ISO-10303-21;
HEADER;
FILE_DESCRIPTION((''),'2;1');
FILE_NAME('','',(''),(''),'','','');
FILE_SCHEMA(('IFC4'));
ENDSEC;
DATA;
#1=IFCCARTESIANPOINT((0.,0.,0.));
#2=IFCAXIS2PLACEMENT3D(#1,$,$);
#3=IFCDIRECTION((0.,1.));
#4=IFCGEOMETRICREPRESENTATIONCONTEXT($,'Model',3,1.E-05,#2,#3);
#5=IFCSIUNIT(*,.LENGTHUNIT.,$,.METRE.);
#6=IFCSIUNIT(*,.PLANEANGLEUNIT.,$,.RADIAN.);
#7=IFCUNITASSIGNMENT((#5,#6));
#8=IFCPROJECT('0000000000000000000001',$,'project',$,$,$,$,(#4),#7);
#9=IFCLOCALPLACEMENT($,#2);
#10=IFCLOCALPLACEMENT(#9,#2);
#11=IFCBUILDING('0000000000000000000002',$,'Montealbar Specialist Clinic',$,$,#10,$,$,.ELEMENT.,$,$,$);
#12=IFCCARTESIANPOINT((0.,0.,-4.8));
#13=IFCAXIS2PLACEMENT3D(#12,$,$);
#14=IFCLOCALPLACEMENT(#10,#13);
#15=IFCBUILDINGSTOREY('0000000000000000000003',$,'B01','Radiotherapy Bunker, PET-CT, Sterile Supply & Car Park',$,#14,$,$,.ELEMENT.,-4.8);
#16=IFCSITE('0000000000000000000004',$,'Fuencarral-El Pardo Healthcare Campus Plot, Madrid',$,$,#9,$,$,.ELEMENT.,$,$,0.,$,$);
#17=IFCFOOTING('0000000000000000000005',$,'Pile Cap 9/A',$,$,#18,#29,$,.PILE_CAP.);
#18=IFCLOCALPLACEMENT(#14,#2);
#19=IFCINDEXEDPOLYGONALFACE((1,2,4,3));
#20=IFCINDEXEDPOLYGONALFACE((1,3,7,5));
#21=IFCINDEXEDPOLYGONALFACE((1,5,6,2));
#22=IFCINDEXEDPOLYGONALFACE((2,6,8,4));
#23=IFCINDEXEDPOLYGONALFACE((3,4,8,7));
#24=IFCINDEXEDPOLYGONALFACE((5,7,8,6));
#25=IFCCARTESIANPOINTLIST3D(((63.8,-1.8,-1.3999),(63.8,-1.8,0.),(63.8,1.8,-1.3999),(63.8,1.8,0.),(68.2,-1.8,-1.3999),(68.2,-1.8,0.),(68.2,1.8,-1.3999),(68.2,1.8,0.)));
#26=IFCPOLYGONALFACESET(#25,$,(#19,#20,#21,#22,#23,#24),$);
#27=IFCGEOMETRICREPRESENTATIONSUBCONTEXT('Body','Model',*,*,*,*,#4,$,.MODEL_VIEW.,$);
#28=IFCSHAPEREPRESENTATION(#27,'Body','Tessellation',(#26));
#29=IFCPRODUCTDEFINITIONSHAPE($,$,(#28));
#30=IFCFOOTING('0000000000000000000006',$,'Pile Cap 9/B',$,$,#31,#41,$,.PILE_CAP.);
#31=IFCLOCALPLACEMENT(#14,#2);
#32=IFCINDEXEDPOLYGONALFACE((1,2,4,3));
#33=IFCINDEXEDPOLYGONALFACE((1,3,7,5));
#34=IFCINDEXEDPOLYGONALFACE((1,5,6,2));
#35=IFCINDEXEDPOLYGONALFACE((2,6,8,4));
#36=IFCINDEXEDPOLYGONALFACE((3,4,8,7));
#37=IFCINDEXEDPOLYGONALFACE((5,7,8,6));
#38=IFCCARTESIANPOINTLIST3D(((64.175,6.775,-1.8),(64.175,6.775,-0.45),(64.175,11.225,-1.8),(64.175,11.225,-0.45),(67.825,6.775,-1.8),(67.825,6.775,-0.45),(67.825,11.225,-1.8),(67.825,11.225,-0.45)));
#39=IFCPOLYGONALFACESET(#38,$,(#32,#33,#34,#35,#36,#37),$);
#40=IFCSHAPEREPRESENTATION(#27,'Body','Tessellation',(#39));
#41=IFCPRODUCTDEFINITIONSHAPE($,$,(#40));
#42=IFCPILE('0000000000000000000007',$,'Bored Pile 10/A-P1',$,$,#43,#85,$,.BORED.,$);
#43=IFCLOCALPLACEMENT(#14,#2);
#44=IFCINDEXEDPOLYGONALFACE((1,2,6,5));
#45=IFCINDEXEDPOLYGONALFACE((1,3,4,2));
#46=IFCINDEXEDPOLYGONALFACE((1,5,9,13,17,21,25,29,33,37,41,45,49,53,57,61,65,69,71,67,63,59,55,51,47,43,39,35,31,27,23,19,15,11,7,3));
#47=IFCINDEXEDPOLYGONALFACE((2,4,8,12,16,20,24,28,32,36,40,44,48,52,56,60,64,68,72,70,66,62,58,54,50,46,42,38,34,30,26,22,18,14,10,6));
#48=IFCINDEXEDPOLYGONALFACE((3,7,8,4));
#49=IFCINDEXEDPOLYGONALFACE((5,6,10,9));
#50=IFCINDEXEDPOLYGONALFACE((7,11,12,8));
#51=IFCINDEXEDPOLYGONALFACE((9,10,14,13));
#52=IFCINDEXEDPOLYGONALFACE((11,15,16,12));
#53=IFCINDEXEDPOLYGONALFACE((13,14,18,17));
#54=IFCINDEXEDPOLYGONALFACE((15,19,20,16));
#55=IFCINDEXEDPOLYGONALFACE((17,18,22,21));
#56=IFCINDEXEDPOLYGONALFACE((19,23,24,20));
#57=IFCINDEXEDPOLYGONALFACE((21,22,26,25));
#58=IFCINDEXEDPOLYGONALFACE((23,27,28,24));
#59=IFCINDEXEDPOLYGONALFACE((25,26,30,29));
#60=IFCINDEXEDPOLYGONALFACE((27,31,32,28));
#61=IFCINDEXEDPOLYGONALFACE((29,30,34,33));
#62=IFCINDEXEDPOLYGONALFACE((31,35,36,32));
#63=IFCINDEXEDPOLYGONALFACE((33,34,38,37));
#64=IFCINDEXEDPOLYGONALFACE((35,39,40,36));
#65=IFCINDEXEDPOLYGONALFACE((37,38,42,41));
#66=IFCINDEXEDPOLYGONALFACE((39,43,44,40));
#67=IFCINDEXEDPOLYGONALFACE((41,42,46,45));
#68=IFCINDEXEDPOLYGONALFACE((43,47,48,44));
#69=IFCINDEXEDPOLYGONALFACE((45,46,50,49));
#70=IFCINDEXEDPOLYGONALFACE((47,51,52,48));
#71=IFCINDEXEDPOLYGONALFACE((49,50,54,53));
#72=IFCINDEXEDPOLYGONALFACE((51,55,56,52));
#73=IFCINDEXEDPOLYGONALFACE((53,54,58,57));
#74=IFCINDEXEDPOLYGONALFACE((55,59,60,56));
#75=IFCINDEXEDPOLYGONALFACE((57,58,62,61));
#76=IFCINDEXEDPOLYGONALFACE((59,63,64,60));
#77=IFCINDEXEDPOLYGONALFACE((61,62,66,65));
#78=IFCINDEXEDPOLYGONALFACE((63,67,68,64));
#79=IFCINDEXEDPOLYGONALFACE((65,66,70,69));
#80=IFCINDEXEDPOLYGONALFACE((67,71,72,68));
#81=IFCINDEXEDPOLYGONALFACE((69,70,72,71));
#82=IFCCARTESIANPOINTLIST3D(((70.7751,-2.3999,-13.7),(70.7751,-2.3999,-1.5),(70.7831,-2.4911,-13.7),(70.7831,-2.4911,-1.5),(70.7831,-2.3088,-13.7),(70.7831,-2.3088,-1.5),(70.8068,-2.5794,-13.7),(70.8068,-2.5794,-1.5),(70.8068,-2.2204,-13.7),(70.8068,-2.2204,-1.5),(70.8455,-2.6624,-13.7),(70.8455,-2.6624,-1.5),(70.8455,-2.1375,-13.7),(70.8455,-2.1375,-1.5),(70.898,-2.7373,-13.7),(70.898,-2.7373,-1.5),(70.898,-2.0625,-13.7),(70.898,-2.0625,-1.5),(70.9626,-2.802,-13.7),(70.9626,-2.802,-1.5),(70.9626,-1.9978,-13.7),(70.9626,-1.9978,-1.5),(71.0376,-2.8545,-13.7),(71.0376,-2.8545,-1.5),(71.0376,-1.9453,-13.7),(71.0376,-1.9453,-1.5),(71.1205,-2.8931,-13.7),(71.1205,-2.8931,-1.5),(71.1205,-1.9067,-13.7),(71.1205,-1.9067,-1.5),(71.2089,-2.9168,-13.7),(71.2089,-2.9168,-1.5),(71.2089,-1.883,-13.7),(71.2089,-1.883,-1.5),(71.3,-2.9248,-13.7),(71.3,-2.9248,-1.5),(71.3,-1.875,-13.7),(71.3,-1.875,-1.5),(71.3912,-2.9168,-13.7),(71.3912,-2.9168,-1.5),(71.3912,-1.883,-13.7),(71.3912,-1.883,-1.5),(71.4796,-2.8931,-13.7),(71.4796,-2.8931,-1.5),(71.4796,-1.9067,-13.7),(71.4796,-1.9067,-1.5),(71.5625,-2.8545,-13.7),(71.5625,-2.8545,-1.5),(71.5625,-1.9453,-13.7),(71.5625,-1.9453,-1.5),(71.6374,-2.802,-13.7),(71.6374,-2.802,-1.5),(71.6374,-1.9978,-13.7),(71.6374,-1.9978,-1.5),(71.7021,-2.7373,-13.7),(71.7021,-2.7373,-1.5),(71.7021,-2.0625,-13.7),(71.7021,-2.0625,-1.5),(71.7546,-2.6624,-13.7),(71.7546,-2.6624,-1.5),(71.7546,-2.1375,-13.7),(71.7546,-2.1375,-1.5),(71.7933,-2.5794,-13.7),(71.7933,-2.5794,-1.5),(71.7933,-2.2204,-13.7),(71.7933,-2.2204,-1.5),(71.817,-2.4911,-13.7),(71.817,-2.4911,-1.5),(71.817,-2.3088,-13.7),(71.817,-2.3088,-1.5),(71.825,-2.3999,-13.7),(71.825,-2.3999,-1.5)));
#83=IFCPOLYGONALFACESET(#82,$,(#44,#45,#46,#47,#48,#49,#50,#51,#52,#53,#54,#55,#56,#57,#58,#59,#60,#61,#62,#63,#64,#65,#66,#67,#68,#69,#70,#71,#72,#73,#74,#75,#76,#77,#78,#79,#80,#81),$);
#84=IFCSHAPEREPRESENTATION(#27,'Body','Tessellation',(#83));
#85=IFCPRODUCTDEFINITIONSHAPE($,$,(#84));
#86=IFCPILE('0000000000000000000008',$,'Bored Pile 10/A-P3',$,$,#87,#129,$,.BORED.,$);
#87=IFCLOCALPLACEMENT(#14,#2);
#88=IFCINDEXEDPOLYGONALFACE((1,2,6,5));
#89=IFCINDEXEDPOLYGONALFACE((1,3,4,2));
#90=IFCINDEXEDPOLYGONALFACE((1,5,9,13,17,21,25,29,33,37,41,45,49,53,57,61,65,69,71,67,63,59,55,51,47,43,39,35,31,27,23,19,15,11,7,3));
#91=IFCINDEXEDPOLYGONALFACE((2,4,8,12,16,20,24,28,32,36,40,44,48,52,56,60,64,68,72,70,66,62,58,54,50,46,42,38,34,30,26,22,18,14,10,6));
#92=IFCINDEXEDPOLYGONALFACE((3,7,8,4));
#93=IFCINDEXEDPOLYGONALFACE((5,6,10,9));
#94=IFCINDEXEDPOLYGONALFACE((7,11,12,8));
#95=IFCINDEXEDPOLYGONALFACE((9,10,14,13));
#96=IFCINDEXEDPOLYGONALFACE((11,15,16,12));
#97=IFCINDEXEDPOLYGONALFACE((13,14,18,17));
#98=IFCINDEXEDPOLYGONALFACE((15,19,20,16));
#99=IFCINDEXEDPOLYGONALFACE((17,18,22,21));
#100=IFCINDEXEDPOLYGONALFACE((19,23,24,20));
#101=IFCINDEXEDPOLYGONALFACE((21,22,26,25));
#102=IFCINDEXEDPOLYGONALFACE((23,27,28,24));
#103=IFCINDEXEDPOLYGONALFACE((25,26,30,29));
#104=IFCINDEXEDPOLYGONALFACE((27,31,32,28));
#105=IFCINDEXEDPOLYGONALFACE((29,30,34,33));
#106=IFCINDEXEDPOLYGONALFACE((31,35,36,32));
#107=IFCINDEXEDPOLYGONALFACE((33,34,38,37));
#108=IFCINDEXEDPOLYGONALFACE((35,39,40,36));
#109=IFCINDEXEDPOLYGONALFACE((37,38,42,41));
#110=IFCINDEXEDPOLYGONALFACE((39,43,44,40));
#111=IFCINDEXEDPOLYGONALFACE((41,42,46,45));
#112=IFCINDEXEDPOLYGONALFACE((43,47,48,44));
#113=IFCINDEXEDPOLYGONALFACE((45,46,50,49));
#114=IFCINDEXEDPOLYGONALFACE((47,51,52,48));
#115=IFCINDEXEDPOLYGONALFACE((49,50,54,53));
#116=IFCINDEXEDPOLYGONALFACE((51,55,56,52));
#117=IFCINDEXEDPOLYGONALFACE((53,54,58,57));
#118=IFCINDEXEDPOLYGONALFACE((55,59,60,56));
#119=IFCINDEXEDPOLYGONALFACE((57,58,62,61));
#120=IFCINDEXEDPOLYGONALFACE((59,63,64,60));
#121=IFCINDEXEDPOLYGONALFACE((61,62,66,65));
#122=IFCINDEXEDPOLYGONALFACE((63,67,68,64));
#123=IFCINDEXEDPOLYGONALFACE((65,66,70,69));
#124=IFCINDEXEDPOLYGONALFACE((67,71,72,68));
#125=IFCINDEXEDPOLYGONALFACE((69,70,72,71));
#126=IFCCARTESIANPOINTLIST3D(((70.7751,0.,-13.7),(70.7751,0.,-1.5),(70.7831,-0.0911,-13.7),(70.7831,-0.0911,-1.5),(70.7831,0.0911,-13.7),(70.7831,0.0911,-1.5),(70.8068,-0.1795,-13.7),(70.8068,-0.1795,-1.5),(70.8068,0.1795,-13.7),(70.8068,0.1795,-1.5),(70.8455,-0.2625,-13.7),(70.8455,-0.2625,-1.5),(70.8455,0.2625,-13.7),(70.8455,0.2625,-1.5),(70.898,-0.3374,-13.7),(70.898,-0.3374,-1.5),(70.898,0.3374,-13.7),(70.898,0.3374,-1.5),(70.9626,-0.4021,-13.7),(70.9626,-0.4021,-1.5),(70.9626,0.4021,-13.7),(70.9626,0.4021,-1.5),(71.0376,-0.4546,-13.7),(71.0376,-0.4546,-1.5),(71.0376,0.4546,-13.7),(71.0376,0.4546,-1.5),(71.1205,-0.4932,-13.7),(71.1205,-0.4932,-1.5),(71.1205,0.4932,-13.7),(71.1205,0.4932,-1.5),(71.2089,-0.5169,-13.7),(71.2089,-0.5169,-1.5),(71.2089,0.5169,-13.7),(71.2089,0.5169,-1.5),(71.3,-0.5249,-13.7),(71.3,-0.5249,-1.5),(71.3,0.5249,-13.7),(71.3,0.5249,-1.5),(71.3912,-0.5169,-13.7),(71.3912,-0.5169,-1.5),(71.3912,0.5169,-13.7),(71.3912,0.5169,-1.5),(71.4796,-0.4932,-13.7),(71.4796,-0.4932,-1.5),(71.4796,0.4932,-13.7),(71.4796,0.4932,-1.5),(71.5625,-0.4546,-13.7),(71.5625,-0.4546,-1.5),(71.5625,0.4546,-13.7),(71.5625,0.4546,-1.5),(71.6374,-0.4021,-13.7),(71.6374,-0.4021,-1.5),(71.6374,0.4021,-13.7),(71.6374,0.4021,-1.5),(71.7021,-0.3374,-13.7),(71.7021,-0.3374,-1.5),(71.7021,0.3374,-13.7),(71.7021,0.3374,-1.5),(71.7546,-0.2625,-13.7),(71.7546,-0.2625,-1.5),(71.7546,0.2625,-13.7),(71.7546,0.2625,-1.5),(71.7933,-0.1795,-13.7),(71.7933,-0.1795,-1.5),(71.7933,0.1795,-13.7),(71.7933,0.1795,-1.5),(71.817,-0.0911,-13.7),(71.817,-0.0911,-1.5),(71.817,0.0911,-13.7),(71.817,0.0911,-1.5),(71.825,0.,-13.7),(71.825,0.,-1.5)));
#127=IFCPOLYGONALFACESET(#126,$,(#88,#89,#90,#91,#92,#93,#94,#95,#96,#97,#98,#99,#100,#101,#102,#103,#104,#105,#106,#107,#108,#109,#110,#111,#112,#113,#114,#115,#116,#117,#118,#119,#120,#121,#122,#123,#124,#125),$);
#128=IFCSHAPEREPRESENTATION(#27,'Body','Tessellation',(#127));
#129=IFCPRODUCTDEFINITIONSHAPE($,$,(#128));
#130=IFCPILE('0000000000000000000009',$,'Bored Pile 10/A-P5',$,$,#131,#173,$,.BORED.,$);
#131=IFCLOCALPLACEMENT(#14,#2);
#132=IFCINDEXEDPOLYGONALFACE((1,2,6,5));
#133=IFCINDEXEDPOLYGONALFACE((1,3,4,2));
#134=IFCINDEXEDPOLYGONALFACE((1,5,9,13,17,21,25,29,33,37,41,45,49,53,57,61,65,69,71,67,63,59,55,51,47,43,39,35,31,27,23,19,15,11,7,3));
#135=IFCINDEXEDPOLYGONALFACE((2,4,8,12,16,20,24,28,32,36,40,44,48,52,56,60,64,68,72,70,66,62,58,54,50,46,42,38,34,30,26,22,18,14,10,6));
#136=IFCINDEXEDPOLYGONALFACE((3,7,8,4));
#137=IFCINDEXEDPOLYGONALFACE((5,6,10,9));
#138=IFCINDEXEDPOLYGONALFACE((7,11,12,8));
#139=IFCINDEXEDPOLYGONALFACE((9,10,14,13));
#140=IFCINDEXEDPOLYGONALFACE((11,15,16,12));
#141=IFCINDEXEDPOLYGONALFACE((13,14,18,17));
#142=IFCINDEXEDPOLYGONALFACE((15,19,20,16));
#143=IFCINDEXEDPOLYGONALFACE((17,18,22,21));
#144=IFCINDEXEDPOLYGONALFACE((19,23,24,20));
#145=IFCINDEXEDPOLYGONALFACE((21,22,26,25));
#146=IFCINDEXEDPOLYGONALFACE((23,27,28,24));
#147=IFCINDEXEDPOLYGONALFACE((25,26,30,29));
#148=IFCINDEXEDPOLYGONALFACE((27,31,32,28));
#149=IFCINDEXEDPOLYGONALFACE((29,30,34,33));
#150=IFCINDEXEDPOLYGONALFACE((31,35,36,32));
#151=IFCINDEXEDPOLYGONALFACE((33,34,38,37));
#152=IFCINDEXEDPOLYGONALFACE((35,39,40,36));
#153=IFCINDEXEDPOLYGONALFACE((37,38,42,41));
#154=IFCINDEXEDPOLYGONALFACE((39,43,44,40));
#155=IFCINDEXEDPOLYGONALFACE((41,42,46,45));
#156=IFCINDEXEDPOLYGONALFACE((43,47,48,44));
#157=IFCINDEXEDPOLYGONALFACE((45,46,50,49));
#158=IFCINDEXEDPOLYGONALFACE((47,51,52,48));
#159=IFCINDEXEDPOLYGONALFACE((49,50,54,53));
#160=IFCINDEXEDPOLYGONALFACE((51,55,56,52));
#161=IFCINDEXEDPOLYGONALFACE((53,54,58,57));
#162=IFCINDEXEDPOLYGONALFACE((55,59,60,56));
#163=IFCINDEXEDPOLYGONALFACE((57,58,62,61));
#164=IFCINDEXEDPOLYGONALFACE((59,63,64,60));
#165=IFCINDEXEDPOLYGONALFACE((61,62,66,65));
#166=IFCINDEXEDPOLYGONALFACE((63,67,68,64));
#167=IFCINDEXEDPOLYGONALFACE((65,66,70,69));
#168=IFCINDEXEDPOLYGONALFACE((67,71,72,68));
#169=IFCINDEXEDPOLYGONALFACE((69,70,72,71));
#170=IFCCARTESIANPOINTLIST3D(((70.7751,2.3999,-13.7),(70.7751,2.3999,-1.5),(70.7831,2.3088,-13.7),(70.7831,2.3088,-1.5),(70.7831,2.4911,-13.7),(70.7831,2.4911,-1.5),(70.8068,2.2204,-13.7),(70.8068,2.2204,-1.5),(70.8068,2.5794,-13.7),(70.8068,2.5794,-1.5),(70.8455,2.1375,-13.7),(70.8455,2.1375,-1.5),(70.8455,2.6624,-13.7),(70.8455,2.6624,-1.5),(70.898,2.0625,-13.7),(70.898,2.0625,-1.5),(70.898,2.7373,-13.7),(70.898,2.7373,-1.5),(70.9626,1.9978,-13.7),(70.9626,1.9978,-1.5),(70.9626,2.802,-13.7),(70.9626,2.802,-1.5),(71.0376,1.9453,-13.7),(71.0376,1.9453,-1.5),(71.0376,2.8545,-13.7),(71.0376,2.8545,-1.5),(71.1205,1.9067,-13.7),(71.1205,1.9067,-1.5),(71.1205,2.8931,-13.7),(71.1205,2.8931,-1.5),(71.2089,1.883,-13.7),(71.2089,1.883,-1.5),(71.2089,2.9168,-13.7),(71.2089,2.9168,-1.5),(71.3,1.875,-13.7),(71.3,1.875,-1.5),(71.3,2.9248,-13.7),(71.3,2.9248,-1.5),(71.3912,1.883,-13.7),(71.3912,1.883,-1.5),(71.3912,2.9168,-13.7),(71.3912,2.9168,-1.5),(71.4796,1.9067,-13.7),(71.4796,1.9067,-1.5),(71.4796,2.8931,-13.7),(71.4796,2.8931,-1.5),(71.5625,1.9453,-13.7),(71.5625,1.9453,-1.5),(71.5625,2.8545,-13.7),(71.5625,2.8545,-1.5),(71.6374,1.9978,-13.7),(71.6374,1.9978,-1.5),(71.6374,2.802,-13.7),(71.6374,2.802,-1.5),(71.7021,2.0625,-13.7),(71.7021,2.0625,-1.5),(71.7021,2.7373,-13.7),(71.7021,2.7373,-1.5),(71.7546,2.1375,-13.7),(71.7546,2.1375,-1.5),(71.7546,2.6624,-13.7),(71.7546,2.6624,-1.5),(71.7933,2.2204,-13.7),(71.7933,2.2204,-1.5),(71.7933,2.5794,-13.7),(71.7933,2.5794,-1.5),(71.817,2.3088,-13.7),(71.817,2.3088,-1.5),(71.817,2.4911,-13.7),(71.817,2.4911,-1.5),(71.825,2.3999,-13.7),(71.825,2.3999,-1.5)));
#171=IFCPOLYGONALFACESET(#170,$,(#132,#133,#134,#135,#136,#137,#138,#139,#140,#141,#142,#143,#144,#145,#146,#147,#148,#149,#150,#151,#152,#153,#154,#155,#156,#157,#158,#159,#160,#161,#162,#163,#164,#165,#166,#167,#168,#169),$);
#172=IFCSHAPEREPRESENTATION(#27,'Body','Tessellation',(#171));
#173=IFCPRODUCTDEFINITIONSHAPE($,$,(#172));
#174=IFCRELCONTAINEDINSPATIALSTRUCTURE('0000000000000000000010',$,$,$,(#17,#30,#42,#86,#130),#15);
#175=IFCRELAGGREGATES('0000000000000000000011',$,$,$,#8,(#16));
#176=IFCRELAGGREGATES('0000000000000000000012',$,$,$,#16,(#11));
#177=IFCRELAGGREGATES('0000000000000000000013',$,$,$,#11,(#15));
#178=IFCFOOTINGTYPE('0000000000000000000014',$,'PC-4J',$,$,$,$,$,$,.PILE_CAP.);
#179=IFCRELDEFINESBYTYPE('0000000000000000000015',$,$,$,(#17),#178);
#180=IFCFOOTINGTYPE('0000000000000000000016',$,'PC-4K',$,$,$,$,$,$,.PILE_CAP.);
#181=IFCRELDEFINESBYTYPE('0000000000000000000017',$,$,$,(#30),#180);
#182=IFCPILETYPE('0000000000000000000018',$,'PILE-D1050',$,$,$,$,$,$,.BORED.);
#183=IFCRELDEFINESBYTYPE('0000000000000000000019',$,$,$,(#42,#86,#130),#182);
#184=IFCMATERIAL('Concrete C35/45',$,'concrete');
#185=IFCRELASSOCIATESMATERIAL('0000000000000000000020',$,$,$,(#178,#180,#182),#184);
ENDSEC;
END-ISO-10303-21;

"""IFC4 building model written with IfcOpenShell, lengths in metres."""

from ifc_helpers import new_model, si_unit, direction, frame, origin, origin_2d, place, context, subcontext, project, spatial, rectangle, circle, extrude, material, material_profile, profile_set, type_object, element, save


model = new_model("IFC4")

# Units and contexts
model_context = context("Model", 3, precision=1e-05, world=origin(), true_north=direction((0.0, 1.0)))
body_context = subcontext(model_context, "Body", "Model", "MODEL_VIEW")
ifc_project = project(units=[si_unit("LENGTHUNIT", "METRE"), si_unit("PLANEANGLEUNIT", "RADIAN")], contexts=[model_context])

# Site, building, storey
site_placement = place(None, origin())
site = spatial("IfcSite", under=ifc_project, at=site_placement, Name="Fuencarral-El Pardo Healthcare Campus Plot, Madrid", CompositionType="ELEMENT", RefElevation=0.0)
building_placement = place(site_placement, origin())
building = spatial("IfcBuilding", under=site, at=building_placement, Name="Montealbar Specialist Clinic", CompositionType="ELEMENT")
storey_placement = place(building_placement, frame((0.0, 0.0, -4.8)))
storey = spatial("IfcBuildingStorey", under=building, at=storey_placement, Name="B01", Description="Radiotherapy Bunker, PET-CT, Sterile Supply & Car Park", CompositionType="ELEMENT", Elevation=-4.8)

# Footings
ifc_material_1 = material(Name="Concrete C35/45", Category="concrete")
footing_type_1 = type_object("IfcFootingType", Name="PC-4J", PredefinedType="PILE_CAP", material=ifc_material_1)
footing_1_placement = place(storey_placement, frame((66.0, 0.0, -1.3999), z_axis=(0.0, 0.0, 1.0), x_axis=(1.0, 0.0, 0.0)))
element("IfcFooting", 1, at=footing_1_placement, inside=storey, type_object=footing_type_1, Name="Pile Cap 9/A", PredefinedType="PILE_CAP", context=body_context, shape_type="SweptSolid", body=[
    extrude(rectangle(XDim=4.3999, YDim=3.6001, at=origin_2d()), origin(), (0.0, 0.0, 1.0), 1.3999),
])
footing_type_2 = type_object("IfcFootingType", Name="PC-4K", PredefinedType="PILE_CAP", material=ifc_material_1)
footing_2_placement = place(storey_placement, frame((66.0, 9.0, -1.8), z_axis=(0.0, 0.0, 1.0), x_axis=(1.0, 0.0, 0.0)))
element("IfcFooting", 2, at=footing_2_placement, inside=storey, type_object=footing_type_2, Name="Pile Cap 9/B", PredefinedType="PILE_CAP", context=body_context, shape_type="SweptSolid", body=[
    extrude(rectangle(XDim=3.6499, YDim=4.45, at=origin_2d()), origin(), (0.0, 0.0, 1.0), 1.3501),
])

# Piles
ifc_material_profile_1 = material_profile(ifc_material_1, circle(Radius=0.5249, at=origin_2d()), Name="PILE D1050", Category="concrete")
ifc_profile_set_1 = profile_set([ifc_material_profile_1], Name="Concrete C35/45")
pile_type_1 = type_object("IfcPileType", Name="PILE-D1050", PredefinedType="BORED", material=ifc_profile_set_1)
for number, where, z_axis, x_axis, name in (
    (3, (71.3, -2.3999, -1.5), (0.0, 0.0, -1.0), (1.0, 0.0, 0.0), "Bored Pile 10/A-P1"),
    (4, (71.3, 0.0, -1.5), (0.0, 0.0, -1.0), (1.0, 0.0, 0.0), "Bored Pile 10/A-P3"),
    (5, (71.3, 2.3999, -1.5), (0.0, 0.0, -1.0), (1.0, 0.0, 0.0), "Bored Pile 10/A-P5"),
):
    element("IfcPile", number, at=place(storey_placement, frame(where, z_axis=z_axis, x_axis=x_axis)), inside=storey, type_object=pile_type_1, Name=name, PredefinedType="BORED", context=body_context, shape_type="SweptSolid", body=[
        extrude(circle(Radius=0.5249, at=origin_2d()), origin(), (0.0, 0.0, 1.0), 12.2),
    ])

save(model, "model.ifc")
